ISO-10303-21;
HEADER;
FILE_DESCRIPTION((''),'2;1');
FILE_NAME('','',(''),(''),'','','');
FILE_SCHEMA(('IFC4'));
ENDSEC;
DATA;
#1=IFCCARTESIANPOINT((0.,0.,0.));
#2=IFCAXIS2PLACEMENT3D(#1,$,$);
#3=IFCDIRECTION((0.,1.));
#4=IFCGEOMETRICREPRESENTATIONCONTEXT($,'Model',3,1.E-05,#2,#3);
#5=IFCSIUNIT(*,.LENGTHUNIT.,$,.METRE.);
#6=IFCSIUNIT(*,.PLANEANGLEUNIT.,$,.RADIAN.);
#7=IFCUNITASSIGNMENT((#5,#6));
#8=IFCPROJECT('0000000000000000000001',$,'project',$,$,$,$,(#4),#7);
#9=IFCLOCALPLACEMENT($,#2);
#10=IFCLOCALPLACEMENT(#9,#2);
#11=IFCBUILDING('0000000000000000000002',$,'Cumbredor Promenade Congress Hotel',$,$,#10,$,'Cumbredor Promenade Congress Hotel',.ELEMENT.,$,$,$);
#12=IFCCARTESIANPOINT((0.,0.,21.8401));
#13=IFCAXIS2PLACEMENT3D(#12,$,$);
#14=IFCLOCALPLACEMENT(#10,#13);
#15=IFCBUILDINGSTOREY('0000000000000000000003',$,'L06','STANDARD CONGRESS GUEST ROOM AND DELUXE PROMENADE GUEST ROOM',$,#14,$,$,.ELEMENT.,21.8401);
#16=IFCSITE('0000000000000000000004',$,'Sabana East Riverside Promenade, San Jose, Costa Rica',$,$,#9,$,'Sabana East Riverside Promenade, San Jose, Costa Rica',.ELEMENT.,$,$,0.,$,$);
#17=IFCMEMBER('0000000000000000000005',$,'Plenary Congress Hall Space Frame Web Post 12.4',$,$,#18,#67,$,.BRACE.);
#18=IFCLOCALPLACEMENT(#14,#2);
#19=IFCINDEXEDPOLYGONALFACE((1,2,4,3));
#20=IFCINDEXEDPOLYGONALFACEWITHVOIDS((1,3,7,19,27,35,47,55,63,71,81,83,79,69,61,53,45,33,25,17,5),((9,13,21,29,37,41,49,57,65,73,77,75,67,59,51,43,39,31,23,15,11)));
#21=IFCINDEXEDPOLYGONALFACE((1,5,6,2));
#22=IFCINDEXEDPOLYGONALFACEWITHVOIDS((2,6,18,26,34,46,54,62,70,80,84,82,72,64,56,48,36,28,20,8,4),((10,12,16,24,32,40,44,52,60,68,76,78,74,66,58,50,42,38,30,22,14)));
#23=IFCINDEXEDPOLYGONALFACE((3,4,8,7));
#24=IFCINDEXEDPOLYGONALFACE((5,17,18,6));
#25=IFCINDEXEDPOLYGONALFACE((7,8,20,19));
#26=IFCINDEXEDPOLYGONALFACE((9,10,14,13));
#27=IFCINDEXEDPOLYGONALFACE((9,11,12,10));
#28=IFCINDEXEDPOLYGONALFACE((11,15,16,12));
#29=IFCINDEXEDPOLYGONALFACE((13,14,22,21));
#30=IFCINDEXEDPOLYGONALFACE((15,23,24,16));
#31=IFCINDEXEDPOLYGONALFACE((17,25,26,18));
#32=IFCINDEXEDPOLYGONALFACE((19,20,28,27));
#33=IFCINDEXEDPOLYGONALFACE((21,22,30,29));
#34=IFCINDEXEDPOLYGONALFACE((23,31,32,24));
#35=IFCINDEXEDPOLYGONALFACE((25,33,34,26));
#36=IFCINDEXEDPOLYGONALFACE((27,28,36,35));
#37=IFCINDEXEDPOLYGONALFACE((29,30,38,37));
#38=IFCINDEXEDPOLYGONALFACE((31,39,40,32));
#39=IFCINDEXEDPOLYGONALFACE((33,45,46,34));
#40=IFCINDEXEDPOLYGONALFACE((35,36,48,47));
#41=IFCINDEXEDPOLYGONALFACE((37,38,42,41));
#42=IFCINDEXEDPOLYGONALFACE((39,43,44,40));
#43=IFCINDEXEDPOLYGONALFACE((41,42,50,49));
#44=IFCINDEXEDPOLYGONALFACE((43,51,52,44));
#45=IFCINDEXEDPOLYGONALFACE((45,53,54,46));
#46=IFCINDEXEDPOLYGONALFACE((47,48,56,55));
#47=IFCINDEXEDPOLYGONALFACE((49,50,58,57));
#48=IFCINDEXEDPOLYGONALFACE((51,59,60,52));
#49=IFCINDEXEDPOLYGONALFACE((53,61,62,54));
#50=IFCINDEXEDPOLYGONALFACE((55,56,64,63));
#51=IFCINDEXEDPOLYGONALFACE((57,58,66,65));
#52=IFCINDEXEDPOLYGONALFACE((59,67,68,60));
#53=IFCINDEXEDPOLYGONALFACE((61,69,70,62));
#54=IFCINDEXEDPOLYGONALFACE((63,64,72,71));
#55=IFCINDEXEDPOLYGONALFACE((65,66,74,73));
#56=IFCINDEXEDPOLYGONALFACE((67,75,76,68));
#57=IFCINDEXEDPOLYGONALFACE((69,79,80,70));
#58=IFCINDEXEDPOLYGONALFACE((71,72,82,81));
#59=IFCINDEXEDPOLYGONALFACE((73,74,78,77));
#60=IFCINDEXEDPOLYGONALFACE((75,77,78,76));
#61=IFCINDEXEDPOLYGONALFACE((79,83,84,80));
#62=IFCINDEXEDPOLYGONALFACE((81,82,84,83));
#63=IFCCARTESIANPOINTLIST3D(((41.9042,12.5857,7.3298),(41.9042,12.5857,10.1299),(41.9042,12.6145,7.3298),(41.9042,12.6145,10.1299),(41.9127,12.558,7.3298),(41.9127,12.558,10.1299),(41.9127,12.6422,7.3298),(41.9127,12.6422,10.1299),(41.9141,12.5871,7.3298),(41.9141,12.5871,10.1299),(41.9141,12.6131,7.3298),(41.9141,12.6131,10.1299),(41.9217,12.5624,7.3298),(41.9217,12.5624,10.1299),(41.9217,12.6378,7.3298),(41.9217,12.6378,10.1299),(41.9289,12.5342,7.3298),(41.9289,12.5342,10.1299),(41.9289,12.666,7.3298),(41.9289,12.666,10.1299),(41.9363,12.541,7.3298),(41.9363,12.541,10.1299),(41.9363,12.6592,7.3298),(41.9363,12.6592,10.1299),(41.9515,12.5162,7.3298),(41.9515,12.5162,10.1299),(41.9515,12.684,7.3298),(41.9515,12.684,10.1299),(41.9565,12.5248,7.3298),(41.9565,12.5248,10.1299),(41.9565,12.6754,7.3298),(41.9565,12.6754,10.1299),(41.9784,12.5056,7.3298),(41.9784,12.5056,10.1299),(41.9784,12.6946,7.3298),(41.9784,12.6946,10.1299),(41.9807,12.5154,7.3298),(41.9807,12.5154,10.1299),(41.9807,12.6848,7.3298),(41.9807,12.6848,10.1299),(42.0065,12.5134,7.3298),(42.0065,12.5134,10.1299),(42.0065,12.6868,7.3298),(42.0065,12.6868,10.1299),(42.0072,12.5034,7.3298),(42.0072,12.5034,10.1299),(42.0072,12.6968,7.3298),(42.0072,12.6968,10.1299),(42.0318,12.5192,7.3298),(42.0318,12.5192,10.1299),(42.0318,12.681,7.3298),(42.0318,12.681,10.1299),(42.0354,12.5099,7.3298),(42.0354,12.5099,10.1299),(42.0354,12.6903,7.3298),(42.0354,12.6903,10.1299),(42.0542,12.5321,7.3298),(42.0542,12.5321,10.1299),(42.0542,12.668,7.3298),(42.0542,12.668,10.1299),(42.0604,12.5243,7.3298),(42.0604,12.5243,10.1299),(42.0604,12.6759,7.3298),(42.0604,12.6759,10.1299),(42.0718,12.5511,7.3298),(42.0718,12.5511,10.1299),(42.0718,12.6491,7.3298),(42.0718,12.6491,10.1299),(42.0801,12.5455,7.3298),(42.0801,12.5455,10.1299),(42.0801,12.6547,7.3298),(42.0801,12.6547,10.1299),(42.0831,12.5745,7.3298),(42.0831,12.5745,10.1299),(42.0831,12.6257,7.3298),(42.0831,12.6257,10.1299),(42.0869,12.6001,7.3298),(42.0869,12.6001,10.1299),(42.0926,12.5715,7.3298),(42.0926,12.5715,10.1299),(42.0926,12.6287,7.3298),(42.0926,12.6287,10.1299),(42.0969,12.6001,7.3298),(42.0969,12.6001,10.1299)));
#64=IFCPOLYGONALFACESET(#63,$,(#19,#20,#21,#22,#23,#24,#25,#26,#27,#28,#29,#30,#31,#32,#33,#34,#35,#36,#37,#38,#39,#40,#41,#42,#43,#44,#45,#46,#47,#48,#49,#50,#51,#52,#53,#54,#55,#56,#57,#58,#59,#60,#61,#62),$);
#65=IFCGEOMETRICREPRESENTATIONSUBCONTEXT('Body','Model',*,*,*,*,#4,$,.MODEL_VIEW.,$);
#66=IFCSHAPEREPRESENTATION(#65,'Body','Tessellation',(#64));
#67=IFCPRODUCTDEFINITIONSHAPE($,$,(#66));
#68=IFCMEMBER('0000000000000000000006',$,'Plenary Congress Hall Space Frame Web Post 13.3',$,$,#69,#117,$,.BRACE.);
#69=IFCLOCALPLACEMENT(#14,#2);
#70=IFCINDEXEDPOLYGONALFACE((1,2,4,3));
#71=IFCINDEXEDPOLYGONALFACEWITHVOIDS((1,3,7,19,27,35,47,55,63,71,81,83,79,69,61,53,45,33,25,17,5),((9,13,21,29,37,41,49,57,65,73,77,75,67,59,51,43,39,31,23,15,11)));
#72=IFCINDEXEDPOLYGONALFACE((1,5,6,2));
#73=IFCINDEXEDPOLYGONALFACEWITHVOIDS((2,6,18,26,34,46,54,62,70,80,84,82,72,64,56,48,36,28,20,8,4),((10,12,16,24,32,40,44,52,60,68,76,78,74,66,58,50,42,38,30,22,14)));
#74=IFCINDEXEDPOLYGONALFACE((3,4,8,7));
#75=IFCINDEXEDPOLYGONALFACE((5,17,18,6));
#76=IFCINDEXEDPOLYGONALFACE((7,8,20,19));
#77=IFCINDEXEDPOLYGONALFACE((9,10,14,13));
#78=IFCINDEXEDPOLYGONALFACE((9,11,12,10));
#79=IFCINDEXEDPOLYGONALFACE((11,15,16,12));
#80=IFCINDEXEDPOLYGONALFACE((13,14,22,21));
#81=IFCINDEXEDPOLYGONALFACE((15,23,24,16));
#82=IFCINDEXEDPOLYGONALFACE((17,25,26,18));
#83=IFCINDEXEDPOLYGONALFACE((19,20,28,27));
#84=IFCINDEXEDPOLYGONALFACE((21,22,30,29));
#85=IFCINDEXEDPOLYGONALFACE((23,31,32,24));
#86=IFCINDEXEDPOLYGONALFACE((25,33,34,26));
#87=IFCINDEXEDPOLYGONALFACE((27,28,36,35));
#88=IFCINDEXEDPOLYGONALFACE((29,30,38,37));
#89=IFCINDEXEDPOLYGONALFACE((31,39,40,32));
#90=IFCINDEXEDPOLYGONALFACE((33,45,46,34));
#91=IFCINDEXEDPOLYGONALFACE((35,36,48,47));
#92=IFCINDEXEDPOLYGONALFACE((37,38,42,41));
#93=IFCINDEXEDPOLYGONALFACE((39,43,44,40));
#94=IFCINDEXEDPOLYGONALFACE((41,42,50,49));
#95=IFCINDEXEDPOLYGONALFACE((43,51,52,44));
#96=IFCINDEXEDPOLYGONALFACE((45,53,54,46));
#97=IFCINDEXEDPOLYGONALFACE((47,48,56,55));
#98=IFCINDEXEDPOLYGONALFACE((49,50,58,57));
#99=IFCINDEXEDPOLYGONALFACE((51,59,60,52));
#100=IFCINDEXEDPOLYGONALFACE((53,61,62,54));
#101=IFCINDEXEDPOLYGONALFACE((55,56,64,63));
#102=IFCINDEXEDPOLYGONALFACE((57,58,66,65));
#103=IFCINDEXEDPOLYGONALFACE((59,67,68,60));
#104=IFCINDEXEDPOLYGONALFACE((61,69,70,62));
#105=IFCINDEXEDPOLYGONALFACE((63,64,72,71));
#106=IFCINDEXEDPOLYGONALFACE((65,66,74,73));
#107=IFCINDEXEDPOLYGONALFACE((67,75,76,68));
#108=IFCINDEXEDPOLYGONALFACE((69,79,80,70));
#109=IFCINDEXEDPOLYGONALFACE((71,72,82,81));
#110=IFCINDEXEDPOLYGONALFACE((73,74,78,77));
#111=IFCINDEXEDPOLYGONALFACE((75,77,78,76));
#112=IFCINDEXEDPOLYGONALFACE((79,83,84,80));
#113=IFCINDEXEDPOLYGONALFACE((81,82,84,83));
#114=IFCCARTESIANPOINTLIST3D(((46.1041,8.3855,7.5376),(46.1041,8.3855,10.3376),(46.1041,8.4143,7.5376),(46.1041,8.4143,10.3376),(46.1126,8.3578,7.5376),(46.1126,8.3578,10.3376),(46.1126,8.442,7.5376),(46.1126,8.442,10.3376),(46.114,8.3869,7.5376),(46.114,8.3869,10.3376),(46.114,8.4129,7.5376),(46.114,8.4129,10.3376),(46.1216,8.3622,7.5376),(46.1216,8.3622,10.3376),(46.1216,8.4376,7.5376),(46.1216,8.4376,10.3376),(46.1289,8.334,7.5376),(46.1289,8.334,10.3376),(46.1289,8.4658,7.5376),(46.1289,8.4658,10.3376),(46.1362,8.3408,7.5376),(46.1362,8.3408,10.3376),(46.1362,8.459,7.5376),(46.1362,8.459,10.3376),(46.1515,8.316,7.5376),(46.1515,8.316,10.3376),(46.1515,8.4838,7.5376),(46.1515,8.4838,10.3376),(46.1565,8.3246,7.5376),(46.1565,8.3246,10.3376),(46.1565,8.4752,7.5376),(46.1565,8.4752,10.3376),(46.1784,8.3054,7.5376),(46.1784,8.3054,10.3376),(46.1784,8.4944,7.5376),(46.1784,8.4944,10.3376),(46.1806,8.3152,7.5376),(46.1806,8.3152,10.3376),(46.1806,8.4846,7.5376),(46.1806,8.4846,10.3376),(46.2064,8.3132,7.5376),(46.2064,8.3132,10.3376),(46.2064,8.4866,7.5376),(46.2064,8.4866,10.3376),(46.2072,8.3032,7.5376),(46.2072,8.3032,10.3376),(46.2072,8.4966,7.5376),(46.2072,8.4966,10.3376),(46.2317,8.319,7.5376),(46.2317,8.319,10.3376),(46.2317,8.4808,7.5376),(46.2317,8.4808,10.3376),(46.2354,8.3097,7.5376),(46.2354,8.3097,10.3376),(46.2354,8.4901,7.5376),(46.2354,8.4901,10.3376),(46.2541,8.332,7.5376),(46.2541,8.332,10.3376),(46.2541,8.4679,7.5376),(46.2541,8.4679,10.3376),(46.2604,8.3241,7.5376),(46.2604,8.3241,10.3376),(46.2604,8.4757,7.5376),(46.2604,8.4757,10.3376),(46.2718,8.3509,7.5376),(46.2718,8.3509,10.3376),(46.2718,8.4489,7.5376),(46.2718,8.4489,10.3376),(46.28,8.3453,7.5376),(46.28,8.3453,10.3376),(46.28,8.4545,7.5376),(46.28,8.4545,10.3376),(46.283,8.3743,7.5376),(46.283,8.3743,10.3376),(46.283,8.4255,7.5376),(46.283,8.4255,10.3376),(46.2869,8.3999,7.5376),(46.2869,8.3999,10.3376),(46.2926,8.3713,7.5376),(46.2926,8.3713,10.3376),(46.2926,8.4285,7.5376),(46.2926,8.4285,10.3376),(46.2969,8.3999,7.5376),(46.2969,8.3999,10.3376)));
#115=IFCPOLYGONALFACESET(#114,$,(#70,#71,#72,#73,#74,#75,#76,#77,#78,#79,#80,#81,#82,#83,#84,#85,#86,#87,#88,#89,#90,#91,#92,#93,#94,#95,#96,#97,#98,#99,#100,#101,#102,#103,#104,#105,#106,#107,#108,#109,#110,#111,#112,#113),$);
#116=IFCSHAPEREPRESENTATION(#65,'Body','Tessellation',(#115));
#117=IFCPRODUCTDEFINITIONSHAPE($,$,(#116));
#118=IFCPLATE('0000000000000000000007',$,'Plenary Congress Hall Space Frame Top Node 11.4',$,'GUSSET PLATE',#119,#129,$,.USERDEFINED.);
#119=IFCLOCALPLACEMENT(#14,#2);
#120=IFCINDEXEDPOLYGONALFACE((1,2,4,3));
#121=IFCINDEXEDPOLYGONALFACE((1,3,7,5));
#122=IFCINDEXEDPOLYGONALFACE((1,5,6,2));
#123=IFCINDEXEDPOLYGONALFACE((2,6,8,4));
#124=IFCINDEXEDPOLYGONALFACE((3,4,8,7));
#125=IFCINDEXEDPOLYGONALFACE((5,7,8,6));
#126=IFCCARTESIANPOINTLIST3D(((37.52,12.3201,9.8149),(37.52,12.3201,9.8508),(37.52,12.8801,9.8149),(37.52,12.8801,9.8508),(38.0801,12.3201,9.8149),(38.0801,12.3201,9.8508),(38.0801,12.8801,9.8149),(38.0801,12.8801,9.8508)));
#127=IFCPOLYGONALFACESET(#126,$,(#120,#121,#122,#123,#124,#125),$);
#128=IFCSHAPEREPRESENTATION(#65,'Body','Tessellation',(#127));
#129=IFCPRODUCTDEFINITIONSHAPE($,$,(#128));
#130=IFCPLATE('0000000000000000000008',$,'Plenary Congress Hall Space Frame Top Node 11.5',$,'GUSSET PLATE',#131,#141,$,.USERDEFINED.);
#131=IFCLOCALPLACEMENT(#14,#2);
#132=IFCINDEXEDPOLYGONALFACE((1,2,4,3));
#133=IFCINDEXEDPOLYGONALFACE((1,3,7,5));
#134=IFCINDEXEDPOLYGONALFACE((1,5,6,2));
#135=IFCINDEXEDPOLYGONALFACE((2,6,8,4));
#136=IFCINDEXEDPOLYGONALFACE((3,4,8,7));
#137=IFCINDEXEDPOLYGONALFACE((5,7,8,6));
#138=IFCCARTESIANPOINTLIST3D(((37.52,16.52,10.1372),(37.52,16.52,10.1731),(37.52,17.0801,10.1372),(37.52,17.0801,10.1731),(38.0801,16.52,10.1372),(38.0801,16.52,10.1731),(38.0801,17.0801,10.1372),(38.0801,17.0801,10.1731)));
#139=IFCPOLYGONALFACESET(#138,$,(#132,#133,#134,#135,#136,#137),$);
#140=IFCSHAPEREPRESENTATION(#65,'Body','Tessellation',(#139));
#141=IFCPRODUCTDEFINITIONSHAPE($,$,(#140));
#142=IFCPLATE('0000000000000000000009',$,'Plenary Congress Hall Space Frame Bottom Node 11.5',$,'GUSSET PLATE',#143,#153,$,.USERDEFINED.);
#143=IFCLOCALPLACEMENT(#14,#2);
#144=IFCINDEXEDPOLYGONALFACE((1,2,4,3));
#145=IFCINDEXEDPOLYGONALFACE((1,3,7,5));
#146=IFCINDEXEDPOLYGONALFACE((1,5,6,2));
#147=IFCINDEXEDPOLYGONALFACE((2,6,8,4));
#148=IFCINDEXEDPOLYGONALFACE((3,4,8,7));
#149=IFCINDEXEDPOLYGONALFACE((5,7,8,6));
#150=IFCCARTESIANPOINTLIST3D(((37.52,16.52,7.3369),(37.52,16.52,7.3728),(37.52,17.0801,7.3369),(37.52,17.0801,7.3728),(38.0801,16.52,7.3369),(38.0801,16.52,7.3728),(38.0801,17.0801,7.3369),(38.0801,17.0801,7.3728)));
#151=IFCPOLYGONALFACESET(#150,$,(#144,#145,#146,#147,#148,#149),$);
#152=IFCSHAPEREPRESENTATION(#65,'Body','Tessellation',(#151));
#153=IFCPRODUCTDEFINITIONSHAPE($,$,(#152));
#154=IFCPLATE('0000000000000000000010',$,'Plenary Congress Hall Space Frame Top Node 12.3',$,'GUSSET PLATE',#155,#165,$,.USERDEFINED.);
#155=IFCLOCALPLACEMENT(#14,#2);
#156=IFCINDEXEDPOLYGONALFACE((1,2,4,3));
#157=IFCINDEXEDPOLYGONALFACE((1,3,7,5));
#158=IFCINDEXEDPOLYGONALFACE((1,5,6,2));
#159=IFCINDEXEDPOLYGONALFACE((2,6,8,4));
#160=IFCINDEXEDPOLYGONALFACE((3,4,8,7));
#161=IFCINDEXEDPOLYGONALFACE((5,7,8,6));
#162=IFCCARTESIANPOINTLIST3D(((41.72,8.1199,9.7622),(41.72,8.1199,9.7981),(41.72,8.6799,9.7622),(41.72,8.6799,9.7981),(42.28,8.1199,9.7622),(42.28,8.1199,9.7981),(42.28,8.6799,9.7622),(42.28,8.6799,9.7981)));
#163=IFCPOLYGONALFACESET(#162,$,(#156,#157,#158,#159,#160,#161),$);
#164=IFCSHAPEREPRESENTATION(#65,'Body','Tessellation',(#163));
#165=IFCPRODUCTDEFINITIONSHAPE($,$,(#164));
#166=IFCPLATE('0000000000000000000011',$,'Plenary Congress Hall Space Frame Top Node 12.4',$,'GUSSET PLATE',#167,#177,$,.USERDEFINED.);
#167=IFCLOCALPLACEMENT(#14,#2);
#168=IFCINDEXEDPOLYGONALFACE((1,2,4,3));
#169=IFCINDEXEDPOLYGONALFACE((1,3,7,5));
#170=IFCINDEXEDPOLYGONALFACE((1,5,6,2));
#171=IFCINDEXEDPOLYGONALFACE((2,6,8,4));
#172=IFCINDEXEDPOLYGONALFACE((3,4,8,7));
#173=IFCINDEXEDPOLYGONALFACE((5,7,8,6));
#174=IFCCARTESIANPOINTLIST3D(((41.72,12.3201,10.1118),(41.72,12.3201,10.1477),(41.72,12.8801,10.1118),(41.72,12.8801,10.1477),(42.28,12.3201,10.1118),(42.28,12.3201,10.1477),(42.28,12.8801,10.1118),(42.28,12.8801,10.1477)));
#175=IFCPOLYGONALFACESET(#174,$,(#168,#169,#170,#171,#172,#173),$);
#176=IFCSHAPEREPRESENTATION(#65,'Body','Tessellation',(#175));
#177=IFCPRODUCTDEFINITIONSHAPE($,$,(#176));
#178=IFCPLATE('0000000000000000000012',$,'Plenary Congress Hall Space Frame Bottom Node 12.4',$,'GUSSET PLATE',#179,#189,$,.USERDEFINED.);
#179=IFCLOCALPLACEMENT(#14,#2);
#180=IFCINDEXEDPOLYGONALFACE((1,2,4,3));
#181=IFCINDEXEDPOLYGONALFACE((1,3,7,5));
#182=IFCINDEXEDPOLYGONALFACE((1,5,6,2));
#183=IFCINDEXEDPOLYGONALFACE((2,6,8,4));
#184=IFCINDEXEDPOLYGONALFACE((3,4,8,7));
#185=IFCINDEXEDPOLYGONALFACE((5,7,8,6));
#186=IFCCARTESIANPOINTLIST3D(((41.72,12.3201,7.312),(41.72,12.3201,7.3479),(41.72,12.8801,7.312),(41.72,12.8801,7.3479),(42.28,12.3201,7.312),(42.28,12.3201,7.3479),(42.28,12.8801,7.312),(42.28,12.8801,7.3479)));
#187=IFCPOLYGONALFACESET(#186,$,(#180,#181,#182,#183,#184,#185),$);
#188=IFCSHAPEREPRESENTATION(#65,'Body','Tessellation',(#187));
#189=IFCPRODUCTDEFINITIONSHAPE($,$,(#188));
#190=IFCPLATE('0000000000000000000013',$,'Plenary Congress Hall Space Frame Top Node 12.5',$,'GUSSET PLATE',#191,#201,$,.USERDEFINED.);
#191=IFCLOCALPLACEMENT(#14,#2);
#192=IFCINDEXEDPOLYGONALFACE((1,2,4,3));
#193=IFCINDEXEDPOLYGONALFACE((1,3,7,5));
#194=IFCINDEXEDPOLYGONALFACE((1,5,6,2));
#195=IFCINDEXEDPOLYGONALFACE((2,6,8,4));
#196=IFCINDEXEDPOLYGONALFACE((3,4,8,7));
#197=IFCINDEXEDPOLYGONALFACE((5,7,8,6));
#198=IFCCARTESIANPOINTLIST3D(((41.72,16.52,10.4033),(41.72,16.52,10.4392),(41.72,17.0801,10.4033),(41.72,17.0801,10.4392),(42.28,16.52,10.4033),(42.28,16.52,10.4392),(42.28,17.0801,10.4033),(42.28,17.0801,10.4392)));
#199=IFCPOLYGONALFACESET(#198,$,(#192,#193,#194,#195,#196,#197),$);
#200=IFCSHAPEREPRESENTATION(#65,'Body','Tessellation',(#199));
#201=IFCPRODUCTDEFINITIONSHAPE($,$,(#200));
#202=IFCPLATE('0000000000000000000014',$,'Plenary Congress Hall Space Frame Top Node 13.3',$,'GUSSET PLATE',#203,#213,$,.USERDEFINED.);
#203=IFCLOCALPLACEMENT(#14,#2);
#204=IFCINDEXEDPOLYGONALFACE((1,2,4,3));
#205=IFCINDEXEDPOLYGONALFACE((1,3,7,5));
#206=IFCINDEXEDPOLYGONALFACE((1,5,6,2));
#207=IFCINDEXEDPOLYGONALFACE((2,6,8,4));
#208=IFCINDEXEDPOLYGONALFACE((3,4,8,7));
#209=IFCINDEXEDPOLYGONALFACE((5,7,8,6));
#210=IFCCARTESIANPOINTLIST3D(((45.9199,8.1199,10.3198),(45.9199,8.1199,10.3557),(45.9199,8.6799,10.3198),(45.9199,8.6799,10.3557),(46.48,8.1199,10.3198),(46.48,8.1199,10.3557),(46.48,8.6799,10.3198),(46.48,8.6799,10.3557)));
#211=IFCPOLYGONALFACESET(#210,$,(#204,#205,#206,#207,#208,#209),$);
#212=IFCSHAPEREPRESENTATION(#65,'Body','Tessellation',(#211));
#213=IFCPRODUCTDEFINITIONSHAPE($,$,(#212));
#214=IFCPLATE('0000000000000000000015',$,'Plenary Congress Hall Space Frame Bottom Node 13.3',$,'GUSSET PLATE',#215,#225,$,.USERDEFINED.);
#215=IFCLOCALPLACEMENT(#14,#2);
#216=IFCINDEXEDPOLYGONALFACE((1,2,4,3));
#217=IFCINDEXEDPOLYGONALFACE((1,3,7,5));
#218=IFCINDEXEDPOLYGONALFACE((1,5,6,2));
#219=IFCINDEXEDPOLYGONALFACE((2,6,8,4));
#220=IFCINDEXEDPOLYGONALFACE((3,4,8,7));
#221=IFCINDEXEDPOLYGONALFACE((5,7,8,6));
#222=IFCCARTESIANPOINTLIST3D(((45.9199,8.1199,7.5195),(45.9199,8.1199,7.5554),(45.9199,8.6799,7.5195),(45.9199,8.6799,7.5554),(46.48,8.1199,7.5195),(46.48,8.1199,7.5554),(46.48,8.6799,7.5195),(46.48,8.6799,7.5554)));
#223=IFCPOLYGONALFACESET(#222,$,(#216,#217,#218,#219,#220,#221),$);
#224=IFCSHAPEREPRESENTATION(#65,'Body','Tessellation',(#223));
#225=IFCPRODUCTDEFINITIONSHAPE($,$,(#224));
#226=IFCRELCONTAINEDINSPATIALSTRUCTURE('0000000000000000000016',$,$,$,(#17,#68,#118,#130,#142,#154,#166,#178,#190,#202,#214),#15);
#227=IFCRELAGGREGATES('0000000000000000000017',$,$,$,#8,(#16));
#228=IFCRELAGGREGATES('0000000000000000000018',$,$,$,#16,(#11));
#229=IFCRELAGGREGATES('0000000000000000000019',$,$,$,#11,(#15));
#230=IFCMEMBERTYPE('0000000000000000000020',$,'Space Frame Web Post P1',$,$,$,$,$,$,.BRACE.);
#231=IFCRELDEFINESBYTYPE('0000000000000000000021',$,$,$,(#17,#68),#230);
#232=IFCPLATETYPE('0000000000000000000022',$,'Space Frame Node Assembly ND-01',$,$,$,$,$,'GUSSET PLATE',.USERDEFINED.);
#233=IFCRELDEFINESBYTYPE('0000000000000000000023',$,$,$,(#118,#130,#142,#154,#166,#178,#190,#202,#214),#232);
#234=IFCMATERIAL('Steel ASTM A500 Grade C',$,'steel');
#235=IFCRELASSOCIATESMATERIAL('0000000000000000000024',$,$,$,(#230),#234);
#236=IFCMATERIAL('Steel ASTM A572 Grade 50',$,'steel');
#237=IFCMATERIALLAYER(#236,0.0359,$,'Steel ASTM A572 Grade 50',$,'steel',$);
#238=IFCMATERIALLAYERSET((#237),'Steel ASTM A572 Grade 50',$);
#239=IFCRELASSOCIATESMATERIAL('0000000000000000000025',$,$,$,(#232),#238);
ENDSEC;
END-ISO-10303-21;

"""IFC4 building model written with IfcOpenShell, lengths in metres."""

from ifc_helpers import new_model, si_unit, direction, frame, origin, origin_2d, place, context, subcontext, project, spatial, rectangle, hollow_circle, extrude, material, layer, layer_set, material_profile, profile_set, type_object, element, save


model = new_model("IFC4")

# Units and contexts
model_context = context("Model", 3, precision=1e-05, world=origin(), true_north=direction((0.0, 1.0)))
body_context = subcontext(model_context, "Body", "Model", "MODEL_VIEW")
ifc_project = project(units=[si_unit("LENGTHUNIT", "METRE"), si_unit("PLANEANGLEUNIT", "RADIAN")], contexts=[model_context])

# Site, building, storey
site_placement = place(None, origin())
site = spatial("IfcSite", under=ifc_project, at=site_placement, Name="Sabana East Riverside Promenade, San Jose, Costa Rica", LongName="Sabana East Riverside Promenade, San Jose, Costa Rica", CompositionType="ELEMENT", RefElevation=0.0)
building_placement = place(site_placement, origin())
building = spatial("IfcBuilding", under=site, at=building_placement, Name="Cumbredor Promenade Congress Hotel", LongName="Cumbredor Promenade Congress Hotel", CompositionType="ELEMENT")
storey_placement = place(building_placement, frame((0.0, 0.0, 21.8401)))
storey = spatial("IfcBuildingStorey", under=building, at=storey_placement, Name="L06", Description="STANDARD CONGRESS GUEST ROOM AND DELUXE PROMENADE GUEST ROOM", CompositionType="ELEMENT", Elevation=21.8401)

# Members
ifc_material_1 = material(Name="Steel ASTM A500 Grade C", Category="steel")
ifc_material_profile_1 = material_profile(ifc_material_1, hollow_circle(Radius=0.0969, WallThickness=0.01, at=origin_2d()), Name="CHS 193.7x10")
ifc_profile_set_1 = profile_set([ifc_material_profile_1], Name="Steel ASTM A500 Grade C")
member_type_1 = type_object("IfcMemberType", Name="Space Frame Web Post P1", PredefinedType="BRACE", material=ifc_profile_set_1)
for number, where, z_axis, x_axis, name in (
    (1, (42.0, 12.6001, 7.3298), (0.0, 0.0, 1.0), (1.0, 0.0, 0.0), "Plenary Congress Hall Space Frame Web Post 12.4"),
    (2, (46.2, 8.3999, 7.5376), (0.0, 0.0, 1.0), (1.0, 0.0, 0.0), "Plenary Congress Hall Space Frame Web Post 13.3"),
):
    element("IfcMember", number, at=place(storey_placement, frame(where, z_axis=z_axis, x_axis=x_axis)), inside=storey, type_object=member_type_1, Name=name, PredefinedType="BRACE", context=body_context, shape_type="SweptSolid", body=[
        extrude(hollow_circle(Radius=0.0969, WallThickness=0.01, at=origin_2d()), origin(), (0.0, 0.0, 1.0), 2.8),
    ])

# Plates
ifc_material_2 = material(Name="Steel ASTM A572 Grade 50", Category="steel")
ifc_layer = layer(ifc_material_2, 0.0359, Name="Steel ASTM A572 Grade 50", Category="steel")
ifc_layer_set = layer_set([ifc_layer], Name="Steel ASTM A572 Grade 50")
plate_type = type_object("IfcPlateType", Name="Space Frame Node Assembly ND-01", ElementType="GUSSET PLATE", PredefinedType="USERDEFINED", material=ifc_layer_set)
for number, where, z_axis, x_axis, name in (
    (3, (37.8, 12.6001, 9.8149), (0.0, 0.0, 1.0), (1.0, 0.0, 0.0), "Plenary Congress Hall Space Frame Top Node 11.4"),
    (4, (37.8, 16.8, 10.1372), (0.0, 0.0, 1.0), (1.0, 0.0, 0.0), "Plenary Congress Hall Space Frame Top Node 11.5"),
    (5, (37.8, 16.8, 7.3369), (0.0, 0.0, 1.0), (1.0, 0.0, 0.0), "Plenary Congress Hall Space Frame Bottom Node 11.5"),
    (6, (42.0, 8.3999, 9.7622), (0.0, 0.0, 1.0), (1.0, 0.0, 0.0), "Plenary Congress Hall Space Frame Top Node 12.3"),
    (7, (42.0, 12.6001, 10.1118), (0.0, 0.0, 1.0), (1.0, 0.0, 0.0), "Plenary Congress Hall Space Frame Top Node 12.4"),
    (8, (42.0, 12.6001, 7.312), (0.0, 0.0, 1.0), (1.0, 0.0, 0.0), "Plenary Congress Hall Space Frame Bottom Node 12.4"),
    (9, (42.0, 16.8, 10.4033), (0.0, 0.0, 1.0), (1.0, 0.0, 0.0), "Plenary Congress Hall Space Frame Top Node 12.5"),
    (10, (46.2, 8.3999, 10.3198), (0.0, 0.0, 1.0), (1.0, 0.0, 0.0), "Plenary Congress Hall Space Frame Top Node 13.3"),
    (11, (46.2, 8.3999, 7.5195), (0.0, 0.0, 1.0), (1.0, 0.0, 0.0), "Plenary Congress Hall Space Frame Bottom Node 13.3"),
):
    element("IfcPlate", number, at=place(storey_placement, frame(where, z_axis=z_axis, x_axis=x_axis)), inside=storey, type_object=plate_type, Name=name, ObjectType="GUSSET PLATE", PredefinedType="USERDEFINED", context=body_context, shape_type="SweptSolid", body=[
        extrude(rectangle(XDim=0.5601, YDim=0.5601, at=origin_2d()), origin(), (0.0, 0.0, 1.0), 0.0359),
    ])

save(model, "model.ifc")
